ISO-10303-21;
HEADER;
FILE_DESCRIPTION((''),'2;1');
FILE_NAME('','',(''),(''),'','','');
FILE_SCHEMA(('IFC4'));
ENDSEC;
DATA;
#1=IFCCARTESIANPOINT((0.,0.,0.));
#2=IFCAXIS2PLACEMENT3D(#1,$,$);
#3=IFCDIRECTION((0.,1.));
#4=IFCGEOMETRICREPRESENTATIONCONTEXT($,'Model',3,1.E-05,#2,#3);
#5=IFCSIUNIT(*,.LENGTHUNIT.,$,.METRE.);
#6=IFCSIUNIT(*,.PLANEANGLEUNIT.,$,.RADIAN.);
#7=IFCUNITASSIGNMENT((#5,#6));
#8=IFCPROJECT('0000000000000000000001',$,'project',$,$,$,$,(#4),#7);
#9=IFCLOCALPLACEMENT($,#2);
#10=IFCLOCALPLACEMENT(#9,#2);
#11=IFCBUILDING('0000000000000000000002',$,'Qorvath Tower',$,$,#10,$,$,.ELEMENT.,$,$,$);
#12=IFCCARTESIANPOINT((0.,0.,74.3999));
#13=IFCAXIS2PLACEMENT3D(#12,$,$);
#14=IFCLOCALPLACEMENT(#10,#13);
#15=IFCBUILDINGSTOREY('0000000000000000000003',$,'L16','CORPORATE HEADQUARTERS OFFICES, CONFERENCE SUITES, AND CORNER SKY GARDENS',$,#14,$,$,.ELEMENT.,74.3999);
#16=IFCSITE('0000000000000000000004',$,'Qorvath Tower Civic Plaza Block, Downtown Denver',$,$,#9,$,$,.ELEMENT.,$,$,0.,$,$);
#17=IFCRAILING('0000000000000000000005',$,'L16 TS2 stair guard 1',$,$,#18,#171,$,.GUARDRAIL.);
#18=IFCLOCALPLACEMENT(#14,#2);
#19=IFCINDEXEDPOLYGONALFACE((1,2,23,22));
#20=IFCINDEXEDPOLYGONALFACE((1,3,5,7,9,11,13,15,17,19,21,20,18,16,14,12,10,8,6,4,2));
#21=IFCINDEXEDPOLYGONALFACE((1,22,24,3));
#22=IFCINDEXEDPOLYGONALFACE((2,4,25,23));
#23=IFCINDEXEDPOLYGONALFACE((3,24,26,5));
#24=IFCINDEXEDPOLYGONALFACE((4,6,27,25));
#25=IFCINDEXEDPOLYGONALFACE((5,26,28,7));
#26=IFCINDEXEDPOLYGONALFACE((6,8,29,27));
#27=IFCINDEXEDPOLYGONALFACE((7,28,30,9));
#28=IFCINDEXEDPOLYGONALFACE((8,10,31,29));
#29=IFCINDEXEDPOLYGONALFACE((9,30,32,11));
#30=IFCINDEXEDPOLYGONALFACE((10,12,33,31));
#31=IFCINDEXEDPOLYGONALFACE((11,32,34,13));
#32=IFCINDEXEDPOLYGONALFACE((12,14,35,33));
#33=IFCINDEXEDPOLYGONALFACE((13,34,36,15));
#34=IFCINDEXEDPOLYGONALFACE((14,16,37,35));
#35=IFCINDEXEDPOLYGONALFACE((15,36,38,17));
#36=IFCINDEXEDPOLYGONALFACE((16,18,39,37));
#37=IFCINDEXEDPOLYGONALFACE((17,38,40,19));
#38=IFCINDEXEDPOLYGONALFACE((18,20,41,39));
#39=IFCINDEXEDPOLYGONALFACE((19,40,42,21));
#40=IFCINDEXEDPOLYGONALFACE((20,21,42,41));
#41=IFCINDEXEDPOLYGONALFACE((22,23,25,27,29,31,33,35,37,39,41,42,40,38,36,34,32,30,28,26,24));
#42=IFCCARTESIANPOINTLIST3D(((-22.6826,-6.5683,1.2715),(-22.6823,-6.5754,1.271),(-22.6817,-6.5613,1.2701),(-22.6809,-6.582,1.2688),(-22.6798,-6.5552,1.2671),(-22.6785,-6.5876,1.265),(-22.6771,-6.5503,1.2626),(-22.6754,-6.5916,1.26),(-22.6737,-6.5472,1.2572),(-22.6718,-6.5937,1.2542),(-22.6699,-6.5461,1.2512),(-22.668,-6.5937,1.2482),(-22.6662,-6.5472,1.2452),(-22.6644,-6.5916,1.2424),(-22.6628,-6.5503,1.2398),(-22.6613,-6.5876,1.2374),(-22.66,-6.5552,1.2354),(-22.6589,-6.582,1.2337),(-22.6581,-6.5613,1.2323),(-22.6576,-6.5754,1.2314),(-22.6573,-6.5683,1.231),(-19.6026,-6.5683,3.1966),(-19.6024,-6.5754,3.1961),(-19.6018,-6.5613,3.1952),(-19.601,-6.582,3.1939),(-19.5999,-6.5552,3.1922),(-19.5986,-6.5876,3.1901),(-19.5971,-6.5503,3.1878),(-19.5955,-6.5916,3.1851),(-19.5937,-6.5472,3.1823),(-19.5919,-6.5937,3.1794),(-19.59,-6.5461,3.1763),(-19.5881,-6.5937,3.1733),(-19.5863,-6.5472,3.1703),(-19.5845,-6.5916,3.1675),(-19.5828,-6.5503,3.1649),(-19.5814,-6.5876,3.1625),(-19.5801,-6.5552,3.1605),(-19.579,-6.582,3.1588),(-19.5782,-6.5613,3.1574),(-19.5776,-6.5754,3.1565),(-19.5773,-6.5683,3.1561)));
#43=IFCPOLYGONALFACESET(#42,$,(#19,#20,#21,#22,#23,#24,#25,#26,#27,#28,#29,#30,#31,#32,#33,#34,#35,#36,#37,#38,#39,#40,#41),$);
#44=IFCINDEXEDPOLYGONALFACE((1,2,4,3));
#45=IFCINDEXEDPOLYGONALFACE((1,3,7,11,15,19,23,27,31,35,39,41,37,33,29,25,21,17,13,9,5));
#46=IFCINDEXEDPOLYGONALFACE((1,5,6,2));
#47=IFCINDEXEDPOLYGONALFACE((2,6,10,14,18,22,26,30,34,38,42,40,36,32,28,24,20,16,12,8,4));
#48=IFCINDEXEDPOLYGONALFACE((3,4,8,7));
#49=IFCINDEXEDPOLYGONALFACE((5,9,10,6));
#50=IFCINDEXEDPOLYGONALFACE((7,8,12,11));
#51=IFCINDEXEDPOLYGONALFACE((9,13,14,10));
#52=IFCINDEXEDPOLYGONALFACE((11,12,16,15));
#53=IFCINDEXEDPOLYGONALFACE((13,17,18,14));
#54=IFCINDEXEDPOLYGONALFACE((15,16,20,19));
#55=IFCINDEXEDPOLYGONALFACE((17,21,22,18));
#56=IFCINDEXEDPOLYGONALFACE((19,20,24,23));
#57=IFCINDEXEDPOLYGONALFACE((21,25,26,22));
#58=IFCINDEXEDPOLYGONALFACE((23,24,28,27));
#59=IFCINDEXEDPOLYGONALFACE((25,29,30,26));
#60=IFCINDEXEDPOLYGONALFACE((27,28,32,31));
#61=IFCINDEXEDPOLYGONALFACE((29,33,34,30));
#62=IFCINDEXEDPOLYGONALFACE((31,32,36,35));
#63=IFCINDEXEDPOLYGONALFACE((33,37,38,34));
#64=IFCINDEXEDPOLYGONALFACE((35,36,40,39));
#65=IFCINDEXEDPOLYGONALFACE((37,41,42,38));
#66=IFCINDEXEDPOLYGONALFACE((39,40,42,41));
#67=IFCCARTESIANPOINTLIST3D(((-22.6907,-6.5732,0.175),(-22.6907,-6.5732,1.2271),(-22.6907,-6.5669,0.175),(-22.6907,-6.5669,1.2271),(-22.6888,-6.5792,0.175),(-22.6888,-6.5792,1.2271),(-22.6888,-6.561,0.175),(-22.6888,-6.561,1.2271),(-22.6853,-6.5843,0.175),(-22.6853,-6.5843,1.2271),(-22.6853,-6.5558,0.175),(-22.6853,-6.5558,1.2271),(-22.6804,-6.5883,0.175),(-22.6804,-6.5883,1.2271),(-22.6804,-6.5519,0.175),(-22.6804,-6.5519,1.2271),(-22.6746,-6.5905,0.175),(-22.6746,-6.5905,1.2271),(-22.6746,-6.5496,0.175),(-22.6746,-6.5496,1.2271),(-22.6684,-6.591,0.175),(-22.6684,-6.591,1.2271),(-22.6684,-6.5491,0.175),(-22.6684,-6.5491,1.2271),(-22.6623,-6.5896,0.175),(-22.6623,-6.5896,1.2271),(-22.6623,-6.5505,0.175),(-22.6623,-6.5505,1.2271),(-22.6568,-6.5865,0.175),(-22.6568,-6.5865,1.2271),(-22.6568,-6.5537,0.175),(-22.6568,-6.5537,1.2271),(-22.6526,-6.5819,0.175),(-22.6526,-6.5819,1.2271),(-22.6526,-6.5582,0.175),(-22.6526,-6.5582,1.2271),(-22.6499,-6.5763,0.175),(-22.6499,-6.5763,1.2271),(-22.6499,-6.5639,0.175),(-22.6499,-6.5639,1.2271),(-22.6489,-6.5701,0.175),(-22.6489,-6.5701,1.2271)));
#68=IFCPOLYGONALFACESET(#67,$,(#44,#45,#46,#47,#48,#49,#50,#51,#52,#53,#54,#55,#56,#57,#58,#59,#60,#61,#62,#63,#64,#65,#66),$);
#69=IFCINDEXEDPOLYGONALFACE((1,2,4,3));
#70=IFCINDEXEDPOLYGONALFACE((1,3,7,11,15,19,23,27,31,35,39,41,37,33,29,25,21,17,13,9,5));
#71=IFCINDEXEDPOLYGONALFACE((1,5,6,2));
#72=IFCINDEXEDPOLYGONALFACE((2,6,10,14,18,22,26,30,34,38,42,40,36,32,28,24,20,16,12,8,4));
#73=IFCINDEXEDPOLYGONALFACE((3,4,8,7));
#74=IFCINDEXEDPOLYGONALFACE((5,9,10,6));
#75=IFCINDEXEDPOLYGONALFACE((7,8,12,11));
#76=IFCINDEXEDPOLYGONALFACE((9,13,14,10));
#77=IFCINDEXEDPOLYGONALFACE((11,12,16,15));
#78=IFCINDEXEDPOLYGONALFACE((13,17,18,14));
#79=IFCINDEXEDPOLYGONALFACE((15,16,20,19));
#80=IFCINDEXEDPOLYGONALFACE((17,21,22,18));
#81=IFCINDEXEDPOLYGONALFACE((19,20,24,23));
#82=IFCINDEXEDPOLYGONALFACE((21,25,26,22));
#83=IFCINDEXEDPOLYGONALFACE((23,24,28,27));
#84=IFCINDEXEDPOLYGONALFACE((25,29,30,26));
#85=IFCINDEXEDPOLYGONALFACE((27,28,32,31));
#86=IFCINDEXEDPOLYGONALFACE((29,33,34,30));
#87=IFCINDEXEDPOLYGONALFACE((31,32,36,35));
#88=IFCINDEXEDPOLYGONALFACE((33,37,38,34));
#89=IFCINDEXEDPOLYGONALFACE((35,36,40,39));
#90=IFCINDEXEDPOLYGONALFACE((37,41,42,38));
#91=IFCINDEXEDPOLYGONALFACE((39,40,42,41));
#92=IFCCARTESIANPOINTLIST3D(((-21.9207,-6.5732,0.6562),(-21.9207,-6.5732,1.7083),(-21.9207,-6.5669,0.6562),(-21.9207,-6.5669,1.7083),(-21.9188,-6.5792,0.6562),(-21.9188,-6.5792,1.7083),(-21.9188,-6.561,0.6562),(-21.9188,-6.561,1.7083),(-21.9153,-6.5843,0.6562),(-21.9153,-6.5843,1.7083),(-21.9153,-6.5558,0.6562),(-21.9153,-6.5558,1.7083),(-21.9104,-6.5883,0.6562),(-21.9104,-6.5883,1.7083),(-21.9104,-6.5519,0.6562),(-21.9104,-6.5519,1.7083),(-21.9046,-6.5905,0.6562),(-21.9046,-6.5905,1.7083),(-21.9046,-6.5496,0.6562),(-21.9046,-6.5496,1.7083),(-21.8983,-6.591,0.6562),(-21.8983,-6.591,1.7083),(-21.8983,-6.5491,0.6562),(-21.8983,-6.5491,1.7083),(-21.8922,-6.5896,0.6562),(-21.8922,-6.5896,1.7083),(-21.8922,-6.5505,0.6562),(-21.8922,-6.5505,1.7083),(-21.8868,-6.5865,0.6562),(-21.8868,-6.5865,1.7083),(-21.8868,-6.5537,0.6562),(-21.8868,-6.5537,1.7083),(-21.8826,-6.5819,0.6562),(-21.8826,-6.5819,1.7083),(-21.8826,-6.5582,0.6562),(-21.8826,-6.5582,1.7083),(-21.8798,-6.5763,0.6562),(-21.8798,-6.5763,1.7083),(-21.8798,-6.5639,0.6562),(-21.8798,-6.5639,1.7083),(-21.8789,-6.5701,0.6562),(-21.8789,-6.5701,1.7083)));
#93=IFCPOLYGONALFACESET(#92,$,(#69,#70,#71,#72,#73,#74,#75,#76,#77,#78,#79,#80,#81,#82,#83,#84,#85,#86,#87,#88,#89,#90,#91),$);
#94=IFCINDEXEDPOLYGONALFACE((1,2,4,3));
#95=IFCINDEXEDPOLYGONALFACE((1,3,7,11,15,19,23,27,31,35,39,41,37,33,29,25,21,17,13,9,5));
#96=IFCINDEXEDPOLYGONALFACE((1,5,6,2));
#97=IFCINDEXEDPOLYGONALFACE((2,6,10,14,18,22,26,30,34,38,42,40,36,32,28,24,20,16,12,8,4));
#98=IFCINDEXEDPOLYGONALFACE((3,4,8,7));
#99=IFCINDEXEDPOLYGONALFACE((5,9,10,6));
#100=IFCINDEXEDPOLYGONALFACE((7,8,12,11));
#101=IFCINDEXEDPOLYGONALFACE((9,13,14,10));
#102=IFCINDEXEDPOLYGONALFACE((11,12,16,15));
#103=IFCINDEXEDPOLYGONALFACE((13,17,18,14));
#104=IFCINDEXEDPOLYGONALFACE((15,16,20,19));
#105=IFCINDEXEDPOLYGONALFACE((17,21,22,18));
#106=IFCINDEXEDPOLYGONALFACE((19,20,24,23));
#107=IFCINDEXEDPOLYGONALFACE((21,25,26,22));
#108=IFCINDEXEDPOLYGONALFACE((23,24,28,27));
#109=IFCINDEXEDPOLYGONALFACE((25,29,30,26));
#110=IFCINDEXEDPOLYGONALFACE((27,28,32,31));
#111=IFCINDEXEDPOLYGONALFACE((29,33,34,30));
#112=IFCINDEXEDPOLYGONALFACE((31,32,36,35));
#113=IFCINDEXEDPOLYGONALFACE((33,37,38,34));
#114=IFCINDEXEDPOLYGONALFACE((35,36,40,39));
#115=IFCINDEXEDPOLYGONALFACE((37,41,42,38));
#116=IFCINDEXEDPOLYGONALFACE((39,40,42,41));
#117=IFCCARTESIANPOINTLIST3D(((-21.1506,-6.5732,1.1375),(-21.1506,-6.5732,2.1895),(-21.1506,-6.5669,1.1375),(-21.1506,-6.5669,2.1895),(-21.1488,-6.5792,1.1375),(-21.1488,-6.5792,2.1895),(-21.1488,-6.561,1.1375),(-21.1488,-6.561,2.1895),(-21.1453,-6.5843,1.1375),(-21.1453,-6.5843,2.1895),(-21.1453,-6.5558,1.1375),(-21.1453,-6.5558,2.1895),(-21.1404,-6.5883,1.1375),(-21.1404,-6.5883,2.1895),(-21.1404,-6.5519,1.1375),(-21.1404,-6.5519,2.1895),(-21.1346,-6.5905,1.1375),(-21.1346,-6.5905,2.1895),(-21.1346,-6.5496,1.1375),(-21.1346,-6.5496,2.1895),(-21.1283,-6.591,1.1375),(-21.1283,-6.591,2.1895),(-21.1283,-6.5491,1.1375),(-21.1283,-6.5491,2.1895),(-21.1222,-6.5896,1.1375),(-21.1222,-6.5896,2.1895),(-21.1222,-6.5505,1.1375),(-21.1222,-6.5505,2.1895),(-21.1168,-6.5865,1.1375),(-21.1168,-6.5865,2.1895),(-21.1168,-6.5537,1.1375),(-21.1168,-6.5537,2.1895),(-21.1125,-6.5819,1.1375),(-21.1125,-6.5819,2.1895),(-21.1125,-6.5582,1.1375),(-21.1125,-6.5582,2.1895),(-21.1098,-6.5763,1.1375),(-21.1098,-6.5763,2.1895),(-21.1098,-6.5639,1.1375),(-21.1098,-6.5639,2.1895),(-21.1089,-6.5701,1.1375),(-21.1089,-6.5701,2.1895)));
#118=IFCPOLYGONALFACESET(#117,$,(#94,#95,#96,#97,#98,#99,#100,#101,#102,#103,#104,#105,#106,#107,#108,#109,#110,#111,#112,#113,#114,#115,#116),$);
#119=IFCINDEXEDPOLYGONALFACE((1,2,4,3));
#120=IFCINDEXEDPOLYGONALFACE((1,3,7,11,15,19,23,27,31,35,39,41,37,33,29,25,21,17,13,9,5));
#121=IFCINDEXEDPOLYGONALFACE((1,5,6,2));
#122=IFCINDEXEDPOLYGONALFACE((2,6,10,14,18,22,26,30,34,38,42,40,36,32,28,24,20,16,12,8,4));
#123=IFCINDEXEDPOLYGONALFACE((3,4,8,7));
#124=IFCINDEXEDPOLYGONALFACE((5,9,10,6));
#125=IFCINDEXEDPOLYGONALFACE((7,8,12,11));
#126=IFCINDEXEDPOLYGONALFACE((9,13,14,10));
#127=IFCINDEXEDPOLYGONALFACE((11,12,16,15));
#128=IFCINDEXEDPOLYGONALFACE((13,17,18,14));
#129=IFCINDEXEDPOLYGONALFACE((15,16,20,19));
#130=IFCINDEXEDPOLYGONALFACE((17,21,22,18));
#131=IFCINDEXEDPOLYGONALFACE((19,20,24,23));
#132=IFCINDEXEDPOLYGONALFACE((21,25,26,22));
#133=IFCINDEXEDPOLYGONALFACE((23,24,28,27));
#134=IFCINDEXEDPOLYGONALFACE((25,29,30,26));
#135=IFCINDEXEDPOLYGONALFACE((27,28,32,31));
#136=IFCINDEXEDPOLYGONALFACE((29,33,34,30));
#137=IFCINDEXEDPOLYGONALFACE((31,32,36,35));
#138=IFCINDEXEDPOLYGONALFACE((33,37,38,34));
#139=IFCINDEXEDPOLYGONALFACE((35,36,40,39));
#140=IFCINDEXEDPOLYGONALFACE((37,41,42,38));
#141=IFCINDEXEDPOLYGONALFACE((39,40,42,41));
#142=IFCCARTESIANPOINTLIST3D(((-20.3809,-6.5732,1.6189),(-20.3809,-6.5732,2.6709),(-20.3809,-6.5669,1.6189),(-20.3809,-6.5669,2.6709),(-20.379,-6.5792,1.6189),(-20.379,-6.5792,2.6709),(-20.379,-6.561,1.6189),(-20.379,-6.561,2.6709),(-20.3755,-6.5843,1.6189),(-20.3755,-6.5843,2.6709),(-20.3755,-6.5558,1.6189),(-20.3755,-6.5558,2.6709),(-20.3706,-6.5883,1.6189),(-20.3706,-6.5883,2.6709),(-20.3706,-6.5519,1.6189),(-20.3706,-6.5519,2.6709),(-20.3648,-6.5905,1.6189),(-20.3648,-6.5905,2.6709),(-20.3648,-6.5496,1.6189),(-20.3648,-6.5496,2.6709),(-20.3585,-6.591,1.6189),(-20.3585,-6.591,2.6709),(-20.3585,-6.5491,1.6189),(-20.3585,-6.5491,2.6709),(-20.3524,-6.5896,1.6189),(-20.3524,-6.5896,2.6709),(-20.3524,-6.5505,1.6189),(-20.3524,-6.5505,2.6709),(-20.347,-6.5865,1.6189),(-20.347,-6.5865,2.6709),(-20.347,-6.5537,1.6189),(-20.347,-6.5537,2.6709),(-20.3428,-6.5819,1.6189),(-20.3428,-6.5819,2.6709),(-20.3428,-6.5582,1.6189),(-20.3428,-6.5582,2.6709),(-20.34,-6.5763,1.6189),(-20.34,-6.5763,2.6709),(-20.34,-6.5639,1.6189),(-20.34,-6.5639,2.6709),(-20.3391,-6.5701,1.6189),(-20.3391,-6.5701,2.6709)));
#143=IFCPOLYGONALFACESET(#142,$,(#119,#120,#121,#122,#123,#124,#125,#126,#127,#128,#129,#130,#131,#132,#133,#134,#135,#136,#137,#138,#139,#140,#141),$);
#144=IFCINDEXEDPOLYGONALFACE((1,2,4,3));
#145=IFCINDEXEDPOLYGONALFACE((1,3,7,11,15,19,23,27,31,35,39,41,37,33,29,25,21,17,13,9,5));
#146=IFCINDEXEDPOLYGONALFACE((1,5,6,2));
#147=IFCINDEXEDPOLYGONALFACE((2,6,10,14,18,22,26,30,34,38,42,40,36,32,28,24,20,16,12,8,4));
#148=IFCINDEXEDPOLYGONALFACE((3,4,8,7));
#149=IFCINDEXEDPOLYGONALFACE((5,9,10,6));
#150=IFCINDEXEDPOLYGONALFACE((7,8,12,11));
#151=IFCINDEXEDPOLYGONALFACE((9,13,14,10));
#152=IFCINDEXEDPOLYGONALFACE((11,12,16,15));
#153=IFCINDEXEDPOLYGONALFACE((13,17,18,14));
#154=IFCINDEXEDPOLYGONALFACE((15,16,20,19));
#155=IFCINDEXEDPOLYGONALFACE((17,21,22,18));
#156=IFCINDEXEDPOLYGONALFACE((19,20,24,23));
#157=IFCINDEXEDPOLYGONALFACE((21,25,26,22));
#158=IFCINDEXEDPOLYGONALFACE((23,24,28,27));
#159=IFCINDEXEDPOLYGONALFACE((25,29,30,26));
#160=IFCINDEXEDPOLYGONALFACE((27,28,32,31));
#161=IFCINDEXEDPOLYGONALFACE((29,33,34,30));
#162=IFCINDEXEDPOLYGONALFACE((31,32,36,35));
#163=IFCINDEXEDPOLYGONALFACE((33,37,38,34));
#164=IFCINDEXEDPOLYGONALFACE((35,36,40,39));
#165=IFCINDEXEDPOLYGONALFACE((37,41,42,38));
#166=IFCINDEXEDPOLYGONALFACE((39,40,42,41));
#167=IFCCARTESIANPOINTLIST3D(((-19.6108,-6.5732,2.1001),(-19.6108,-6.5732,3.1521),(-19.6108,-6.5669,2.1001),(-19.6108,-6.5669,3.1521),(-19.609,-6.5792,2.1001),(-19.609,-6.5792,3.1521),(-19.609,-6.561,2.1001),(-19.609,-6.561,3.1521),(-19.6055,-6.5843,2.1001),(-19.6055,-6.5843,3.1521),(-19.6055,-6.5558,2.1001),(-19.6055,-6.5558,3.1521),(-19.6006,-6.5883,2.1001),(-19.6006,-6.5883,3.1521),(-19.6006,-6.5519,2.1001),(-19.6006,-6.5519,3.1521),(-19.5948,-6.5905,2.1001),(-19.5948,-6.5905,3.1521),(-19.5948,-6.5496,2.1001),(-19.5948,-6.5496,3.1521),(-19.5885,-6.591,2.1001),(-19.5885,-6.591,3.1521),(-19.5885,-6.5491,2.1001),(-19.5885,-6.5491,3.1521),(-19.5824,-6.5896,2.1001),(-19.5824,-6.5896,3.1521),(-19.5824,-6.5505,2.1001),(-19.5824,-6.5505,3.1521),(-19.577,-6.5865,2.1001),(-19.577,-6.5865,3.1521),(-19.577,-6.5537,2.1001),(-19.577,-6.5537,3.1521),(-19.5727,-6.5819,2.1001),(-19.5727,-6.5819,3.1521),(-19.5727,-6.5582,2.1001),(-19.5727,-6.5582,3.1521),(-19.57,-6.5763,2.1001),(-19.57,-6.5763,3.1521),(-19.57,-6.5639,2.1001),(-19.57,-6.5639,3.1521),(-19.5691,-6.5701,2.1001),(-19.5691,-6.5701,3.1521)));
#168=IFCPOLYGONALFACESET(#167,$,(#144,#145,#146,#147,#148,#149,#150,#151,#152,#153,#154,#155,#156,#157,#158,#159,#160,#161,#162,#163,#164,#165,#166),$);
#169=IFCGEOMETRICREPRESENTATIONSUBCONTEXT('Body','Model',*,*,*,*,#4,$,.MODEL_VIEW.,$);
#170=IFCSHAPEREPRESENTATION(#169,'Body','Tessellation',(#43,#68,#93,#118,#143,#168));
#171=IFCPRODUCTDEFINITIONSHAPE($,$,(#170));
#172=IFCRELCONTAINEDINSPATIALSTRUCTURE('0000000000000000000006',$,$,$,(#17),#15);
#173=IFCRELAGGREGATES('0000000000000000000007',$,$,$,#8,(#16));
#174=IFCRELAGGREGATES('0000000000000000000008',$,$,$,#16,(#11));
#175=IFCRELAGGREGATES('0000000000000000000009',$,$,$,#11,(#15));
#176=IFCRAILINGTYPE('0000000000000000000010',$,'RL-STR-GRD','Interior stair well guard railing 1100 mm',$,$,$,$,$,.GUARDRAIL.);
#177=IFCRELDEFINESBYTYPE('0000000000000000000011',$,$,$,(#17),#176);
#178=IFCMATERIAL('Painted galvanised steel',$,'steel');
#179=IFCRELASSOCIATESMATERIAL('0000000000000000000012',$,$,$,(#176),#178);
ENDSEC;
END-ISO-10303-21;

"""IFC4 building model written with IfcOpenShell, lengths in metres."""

from ifc_helpers import new_model, si_unit, direction, frame, origin, origin_2d, place, context, subcontext, project, spatial, circle, extrude, material, type_object, element, save


model = new_model("IFC4")

# Units and contexts
model_context = context("Model", 3, precision=1e-05, world=origin(), true_north=direction((0.0, 1.0)))
body_context = subcontext(model_context, "Body", "Model", "MODEL_VIEW")
ifc_project = project(units=[si_unit("LENGTHUNIT", "METRE"), si_unit("PLANEANGLEUNIT", "RADIAN")], contexts=[model_context])

# Site, building, storey
site_placement = place(None, origin())
site = spatial("IfcSite", under=ifc_project, at=site_placement, Name="Qorvath Tower Civic Plaza Block, Downtown Denver", CompositionType="ELEMENT", RefElevation=0.0)
building_placement = place(site_placement, origin())
building = spatial("IfcBuilding", under=site, at=building_placement, Name="Qorvath Tower", CompositionType="ELEMENT")
storey_placement = place(building_placement, frame((0.0, 0.0, 74.3999)))
storey = spatial("IfcBuildingStorey", under=building, at=storey_placement, Name="L16", Description="CORPORATE HEADQUARTERS OFFICES, CONFERENCE SUITES, AND CORNER SKY GARDENS", CompositionType="ELEMENT", Elevation=74.3999)

# Railing
ifc_material_1 = material(Name="Painted galvanised steel", Category="steel")
railing_type_1 = type_object("IfcRailingType", Name="RL-STR-GRD", Description="Interior stair well guard railing 1100 mm", PredefinedType="GUARDRAIL", material=ifc_material_1)
railing_1_placement = place(storey_placement, frame((-22.6699, -6.5701, 0.175)))
element("IfcRailing", 1, at=railing_1_placement, inside=storey, type_object=railing_type_1, Name="L16 TS2 stair guard 1", PredefinedType="GUARDRAIL", context=body_context, shape_type="SweptSolid", body=[
    extrude(circle(Radius=0.0239, at=origin_2d()), frame((0.0, 0.0, 1.0762), z_axis=(0.847979, 0.0, 0.530029), x_axis=(0.0, 1.0, 0.0)), (0.0, 0.0, 1.0), 3.6321),
    extrude(circle(Radius=0.021, at=origin_2d()), origin(), (0.0, 0.0, 1.0), 1.052),
    extrude(circle(Radius=0.021, at=origin_2d()), frame((0.77, 0.0, 0.4812)), (0.0, 0.0, 1.0), 1.052),
    extrude(circle(Radius=0.021, at=origin_2d()), frame((1.54, 0.0, 0.9624)), (0.0, 0.0, 1.0), 1.052),
    extrude(circle(Radius=0.021, at=origin_2d()), frame((2.3098, 0.0, 1.4438)), (0.0, 0.0, 1.0), 1.052),
    extrude(circle(Radius=0.021, at=origin_2d()), frame((3.0798, 0.0, 1.925)), (0.0, 0.0, 1.0), 1.052),
])

save(model, "model.ifc")
